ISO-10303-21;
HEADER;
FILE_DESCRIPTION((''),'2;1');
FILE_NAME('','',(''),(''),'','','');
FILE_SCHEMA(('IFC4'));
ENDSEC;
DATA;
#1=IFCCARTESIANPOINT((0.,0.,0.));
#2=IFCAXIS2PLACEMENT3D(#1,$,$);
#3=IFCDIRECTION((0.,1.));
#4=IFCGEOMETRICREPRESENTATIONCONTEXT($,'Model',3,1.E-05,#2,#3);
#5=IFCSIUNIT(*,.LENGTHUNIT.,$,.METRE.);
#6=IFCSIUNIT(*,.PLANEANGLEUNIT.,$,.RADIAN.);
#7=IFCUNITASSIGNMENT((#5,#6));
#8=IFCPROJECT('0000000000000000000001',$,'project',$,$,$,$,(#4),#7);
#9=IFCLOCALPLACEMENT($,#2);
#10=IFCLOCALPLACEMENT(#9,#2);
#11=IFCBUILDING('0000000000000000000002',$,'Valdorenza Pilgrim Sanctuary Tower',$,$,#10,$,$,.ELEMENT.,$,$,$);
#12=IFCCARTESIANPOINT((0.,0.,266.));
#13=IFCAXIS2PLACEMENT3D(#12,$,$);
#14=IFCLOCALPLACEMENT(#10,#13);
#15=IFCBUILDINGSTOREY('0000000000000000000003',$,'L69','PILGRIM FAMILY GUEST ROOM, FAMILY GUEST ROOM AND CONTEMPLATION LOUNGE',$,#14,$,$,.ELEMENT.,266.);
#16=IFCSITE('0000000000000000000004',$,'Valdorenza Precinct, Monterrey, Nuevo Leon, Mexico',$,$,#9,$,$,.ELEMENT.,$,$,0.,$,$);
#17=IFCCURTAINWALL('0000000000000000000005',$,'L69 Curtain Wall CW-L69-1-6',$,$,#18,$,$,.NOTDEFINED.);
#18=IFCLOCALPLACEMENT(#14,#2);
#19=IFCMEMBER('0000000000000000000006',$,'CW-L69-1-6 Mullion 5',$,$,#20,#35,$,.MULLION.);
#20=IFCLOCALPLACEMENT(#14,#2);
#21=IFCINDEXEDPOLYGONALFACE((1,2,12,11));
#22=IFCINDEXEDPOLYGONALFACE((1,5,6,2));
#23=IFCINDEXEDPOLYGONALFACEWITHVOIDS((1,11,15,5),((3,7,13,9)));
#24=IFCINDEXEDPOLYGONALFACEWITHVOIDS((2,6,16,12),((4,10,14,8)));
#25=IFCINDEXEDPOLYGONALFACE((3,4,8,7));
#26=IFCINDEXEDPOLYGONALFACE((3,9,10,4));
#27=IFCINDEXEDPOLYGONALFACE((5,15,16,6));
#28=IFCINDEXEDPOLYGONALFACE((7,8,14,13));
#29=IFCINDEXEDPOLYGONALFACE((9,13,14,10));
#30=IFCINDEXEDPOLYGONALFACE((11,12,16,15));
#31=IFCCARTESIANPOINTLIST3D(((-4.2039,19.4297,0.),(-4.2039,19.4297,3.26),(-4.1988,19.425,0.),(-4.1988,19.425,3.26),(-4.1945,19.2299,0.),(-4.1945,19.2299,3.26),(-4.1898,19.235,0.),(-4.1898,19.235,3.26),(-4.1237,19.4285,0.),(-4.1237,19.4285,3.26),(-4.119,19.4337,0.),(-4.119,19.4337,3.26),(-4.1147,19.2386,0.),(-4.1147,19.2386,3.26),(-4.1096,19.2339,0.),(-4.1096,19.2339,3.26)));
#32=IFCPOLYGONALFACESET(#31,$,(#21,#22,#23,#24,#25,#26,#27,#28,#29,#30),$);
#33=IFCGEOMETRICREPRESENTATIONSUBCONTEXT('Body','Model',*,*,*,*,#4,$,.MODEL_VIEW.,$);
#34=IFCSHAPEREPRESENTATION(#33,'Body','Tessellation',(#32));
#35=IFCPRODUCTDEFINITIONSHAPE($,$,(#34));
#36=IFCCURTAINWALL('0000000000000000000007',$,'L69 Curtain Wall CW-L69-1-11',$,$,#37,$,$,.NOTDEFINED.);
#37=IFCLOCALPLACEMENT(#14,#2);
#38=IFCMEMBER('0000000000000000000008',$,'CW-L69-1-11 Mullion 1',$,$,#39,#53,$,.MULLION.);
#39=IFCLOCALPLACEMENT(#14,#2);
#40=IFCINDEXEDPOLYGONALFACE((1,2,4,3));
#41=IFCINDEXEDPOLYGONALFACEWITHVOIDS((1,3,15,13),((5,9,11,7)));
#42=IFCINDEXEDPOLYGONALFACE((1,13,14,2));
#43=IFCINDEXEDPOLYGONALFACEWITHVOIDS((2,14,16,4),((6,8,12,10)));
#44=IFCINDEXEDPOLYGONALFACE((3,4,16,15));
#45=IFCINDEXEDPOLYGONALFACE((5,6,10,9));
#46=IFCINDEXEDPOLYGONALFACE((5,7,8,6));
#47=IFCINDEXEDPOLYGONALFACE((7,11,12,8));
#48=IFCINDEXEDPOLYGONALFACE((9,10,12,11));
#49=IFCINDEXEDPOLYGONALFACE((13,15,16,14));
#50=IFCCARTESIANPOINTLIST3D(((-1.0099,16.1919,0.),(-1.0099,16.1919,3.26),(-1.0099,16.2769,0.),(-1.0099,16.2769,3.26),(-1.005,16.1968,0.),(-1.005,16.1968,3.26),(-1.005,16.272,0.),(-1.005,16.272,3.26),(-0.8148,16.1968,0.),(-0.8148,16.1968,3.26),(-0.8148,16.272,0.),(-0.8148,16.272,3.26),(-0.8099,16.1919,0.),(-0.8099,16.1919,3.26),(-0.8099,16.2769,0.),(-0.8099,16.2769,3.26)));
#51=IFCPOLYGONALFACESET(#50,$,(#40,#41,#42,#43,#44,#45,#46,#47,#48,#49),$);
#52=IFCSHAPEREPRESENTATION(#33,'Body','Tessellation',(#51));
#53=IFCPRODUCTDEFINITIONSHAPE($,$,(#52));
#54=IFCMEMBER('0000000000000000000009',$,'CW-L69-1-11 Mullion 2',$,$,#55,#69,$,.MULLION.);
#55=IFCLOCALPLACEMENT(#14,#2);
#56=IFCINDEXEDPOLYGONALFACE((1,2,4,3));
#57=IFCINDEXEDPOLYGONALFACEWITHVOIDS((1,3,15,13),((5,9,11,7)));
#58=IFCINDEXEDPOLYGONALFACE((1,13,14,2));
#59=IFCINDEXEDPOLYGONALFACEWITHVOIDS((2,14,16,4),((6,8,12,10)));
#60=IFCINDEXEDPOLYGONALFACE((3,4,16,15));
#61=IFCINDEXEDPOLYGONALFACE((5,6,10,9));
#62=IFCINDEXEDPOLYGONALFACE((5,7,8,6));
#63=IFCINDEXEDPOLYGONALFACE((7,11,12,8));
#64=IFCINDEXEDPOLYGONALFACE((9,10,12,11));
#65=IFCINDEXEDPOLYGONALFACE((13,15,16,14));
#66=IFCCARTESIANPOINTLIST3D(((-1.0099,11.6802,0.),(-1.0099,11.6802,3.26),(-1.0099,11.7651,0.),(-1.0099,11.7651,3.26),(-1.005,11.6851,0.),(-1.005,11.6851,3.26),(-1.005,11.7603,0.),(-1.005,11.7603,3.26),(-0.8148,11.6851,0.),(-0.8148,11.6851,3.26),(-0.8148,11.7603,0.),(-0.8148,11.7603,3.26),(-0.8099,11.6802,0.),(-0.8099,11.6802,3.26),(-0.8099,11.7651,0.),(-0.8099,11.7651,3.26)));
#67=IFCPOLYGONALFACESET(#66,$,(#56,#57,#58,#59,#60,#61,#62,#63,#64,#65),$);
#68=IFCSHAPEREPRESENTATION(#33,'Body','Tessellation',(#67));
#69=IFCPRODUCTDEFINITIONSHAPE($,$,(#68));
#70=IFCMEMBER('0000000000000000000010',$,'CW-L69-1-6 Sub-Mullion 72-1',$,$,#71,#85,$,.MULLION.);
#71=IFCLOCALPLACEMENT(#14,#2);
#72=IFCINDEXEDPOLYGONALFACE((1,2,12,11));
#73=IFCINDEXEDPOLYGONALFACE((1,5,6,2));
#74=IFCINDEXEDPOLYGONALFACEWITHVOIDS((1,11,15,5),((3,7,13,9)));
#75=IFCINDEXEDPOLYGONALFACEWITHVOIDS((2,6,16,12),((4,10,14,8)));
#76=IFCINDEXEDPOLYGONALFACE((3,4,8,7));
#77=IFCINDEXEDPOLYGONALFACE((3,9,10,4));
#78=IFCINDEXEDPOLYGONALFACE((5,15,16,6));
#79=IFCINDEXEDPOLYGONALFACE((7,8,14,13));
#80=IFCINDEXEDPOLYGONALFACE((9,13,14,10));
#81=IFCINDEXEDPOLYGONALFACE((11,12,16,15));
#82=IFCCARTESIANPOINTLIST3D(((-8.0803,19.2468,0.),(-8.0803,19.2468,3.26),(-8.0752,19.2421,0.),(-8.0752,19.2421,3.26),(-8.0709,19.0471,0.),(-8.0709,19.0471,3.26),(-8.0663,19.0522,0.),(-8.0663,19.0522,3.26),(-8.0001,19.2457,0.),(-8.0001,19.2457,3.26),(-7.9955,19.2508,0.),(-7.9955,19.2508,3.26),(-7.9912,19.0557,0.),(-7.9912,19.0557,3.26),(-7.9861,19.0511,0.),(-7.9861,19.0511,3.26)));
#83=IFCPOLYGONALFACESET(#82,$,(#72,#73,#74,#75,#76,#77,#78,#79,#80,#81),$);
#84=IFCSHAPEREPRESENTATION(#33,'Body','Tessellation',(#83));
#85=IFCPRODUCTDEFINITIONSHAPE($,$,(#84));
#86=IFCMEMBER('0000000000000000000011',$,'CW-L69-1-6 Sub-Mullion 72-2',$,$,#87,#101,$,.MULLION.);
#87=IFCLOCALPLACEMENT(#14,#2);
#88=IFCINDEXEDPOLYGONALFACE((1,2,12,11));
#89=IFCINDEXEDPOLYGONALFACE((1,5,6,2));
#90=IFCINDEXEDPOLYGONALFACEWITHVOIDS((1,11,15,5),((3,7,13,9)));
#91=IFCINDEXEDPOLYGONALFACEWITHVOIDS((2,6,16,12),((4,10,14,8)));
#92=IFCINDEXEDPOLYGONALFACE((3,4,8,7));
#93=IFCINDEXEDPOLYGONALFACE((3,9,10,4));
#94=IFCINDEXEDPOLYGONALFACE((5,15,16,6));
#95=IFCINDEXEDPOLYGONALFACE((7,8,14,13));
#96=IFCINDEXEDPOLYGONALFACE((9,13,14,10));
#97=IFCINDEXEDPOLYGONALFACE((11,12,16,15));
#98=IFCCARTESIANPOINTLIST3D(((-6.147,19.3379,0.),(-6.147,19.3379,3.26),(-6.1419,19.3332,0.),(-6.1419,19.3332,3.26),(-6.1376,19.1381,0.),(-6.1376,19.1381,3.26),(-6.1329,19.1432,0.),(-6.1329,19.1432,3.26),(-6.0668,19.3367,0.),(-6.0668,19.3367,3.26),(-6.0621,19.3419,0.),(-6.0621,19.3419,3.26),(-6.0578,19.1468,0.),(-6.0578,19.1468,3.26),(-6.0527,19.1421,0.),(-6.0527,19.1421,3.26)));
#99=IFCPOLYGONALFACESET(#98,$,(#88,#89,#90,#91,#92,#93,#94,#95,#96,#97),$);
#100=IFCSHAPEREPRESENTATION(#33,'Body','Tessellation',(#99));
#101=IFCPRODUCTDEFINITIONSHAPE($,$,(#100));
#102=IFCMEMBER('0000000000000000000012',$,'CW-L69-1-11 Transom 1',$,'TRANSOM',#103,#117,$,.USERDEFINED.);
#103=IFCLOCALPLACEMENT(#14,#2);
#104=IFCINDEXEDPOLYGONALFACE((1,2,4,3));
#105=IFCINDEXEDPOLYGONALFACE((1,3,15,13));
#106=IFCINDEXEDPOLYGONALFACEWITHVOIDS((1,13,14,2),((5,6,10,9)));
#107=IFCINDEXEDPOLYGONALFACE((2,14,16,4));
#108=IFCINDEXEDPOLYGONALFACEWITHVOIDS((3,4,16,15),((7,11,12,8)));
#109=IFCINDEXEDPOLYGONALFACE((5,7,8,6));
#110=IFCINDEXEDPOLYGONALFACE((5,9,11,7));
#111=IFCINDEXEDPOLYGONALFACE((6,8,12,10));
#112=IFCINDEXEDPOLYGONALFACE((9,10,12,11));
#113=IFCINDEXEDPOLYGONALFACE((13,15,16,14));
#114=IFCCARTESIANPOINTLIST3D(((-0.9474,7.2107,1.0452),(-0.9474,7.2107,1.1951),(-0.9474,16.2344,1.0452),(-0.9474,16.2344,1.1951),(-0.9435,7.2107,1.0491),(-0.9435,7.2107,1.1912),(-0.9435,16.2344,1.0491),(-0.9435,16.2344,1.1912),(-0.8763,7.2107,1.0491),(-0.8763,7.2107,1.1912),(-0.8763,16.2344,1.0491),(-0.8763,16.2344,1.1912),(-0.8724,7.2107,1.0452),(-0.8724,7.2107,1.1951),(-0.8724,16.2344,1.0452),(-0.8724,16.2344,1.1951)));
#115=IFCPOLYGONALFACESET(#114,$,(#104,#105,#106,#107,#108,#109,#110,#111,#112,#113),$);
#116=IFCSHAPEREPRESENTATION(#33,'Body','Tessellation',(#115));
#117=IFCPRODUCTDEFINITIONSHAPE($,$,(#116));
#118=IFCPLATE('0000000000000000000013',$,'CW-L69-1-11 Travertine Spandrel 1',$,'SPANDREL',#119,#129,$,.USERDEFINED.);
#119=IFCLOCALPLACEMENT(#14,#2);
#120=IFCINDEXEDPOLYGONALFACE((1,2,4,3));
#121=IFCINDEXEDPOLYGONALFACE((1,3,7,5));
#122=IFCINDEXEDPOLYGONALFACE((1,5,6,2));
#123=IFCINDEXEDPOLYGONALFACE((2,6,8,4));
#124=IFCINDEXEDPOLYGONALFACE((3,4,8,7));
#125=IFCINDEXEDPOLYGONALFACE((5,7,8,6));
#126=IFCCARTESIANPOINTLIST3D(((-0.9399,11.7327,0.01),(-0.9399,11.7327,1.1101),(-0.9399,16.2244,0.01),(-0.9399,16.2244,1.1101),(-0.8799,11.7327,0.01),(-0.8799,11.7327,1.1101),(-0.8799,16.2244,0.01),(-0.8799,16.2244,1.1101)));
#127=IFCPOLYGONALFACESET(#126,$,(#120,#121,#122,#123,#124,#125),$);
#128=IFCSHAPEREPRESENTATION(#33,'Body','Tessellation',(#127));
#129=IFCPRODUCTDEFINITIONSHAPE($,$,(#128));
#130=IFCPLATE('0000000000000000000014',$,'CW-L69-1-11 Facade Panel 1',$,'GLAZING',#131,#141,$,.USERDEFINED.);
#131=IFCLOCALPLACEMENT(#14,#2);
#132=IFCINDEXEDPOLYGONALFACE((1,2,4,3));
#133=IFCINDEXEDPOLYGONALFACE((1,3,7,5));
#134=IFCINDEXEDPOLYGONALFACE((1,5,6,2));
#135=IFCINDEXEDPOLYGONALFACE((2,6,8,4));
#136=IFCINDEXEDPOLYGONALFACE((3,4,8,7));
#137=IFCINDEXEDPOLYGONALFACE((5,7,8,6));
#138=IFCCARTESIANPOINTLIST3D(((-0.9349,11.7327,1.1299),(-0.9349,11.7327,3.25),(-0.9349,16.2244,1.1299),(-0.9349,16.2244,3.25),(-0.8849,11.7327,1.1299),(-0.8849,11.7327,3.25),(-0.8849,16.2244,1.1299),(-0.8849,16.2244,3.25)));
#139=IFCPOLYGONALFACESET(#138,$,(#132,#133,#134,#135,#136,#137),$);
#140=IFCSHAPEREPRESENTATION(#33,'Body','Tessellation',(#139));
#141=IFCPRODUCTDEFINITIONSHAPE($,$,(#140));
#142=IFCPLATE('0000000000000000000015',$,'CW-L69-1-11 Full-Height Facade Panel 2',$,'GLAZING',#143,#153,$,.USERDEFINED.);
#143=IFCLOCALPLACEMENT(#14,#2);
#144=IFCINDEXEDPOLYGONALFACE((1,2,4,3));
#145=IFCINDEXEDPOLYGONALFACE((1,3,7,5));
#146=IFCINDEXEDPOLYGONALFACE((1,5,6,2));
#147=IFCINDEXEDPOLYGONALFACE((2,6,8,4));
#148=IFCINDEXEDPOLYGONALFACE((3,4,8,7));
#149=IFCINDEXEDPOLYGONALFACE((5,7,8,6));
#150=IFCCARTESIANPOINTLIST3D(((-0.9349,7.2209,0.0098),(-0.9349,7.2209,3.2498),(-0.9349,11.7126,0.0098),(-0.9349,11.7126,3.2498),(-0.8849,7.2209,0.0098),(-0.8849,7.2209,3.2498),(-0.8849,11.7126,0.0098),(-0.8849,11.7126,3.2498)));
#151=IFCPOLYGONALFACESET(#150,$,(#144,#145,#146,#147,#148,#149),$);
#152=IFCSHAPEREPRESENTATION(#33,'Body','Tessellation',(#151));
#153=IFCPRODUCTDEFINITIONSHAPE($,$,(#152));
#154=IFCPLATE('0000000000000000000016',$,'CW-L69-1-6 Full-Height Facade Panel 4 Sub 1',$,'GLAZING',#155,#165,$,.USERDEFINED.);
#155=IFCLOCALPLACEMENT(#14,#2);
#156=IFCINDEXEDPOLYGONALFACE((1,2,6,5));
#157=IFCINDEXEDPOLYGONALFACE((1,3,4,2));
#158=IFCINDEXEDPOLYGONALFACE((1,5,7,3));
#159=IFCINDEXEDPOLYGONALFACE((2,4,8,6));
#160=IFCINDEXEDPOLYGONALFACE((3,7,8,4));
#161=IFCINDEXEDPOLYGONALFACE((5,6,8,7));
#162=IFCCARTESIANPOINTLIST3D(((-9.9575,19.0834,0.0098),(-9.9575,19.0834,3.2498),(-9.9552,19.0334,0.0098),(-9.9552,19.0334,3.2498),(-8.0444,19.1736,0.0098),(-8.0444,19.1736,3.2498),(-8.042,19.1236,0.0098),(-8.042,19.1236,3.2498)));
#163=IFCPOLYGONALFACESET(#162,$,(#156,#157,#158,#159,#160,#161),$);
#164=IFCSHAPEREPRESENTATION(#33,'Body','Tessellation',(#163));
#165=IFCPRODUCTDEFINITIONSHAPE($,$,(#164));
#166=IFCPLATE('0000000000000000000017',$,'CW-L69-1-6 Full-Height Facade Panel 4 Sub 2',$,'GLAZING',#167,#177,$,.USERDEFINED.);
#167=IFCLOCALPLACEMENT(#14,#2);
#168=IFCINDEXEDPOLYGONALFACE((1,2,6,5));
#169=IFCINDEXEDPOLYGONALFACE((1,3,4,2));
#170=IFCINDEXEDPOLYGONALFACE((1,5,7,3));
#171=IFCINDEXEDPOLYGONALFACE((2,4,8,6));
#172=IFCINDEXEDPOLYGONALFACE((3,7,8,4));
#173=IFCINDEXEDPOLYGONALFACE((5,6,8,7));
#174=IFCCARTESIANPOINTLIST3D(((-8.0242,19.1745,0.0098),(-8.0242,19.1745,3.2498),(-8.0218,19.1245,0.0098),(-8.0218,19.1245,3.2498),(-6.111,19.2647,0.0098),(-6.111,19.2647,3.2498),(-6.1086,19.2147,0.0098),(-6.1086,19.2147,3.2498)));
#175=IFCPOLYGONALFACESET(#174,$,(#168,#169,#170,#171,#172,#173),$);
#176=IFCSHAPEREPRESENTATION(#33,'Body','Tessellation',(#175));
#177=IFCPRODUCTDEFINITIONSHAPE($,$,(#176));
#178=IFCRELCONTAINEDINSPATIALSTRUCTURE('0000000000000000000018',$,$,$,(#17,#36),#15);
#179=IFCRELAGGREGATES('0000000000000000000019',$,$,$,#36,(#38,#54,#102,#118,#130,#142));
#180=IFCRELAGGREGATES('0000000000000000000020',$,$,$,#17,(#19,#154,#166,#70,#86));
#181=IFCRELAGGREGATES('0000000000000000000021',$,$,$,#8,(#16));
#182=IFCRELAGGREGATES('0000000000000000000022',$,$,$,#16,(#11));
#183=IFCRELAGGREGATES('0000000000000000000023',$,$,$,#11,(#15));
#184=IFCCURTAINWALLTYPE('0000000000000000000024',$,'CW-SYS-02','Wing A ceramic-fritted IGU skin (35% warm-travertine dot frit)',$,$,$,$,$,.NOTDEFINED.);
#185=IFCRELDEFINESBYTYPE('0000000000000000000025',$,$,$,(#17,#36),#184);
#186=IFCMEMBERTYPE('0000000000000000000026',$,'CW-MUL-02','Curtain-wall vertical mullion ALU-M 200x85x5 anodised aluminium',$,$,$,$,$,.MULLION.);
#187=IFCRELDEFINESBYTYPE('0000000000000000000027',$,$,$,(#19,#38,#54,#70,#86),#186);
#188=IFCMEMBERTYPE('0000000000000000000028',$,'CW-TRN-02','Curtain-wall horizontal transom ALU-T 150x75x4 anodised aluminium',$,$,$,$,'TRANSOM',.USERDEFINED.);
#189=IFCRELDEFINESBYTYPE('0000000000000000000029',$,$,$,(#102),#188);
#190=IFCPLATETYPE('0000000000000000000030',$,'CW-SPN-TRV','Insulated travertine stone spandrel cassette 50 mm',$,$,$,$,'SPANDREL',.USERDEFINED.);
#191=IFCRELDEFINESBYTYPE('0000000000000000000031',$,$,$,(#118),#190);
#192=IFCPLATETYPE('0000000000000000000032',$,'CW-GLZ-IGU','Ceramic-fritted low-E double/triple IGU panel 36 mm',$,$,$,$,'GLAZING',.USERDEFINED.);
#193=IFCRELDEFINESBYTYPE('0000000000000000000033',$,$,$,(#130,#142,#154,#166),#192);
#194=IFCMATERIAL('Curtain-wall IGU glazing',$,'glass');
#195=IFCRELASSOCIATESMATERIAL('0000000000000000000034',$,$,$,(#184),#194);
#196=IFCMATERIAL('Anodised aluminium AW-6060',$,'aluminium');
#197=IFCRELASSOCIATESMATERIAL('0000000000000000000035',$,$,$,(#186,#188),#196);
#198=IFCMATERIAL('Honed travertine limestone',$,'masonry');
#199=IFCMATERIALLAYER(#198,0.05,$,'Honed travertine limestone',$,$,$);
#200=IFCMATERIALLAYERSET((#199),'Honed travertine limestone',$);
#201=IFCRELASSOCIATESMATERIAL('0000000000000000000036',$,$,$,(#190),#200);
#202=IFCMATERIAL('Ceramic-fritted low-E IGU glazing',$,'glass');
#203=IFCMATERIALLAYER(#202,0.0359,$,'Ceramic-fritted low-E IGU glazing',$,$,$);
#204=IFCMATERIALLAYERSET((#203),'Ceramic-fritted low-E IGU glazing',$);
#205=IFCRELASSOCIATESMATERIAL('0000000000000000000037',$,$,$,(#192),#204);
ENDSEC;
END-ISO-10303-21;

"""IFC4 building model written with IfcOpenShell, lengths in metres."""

from ifc_helpers import new_model, si_unit, direction, frame, origin, origin_2d, place, context, subcontext, project, spatial, rectangle, hollow_rectangle, extrude, source, transform, mapped, material, layer, layer_set, material_profile, profile_set, type_object, element, aggregate, save


model = new_model("IFC4")

# Units and contexts
model_context = context("Model", 3, precision=1e-05, world=origin(), true_north=direction((0.0, 1.0)))
body_context = subcontext(model_context, "Body", "Model", "MODEL_VIEW")
ifc_project = project(units=[si_unit("LENGTHUNIT", "METRE"), si_unit("PLANEANGLEUNIT", "RADIAN")], contexts=[model_context])

# Site, building, storey
site_placement = place(None, origin())
site = spatial("IfcSite", under=ifc_project, at=site_placement, Name="Valdorenza Precinct, Monterrey, Nuevo Leon, Mexico", CompositionType="ELEMENT", RefElevation=0.0)
building_placement = place(site_placement, origin())
building = spatial("IfcBuilding", under=site, at=building_placement, Name="Valdorenza Pilgrim Sanctuary Tower", CompositionType="ELEMENT")
storey_placement = place(building_placement, frame((0.0, 0.0, 266.0)))
storey = spatial("IfcBuildingStorey", under=building, at=storey_placement, Name="L69", Description="PILGRIM FAMILY GUEST ROOM, FAMILY GUEST ROOM AND CONTEMPLATION LOUNGE", CompositionType="ELEMENT", Elevation=266.0)

# Curtain wall, member
ifc_material_1 = material(Name="Curtain-wall IGU glazing", Category="glass")
curtain_wall_type = type_object("IfcCurtainWallType", Name="CW-SYS-02", Description="Wing A ceramic-fritted IGU skin (35% warm-travertine dot frit)", PredefinedType="NOTDEFINED", material=ifc_material_1)
curtain_wall_1_placement = place(storey_placement, origin())
curtain_wall_1 = element("IfcCurtainWall", 1, at=curtain_wall_1_placement, inside=storey, type_object=curtain_wall_type, Name="L69 Curtain Wall CW-L69-1-6", PredefinedType="NOTDEFINED")
ifc_material_2 = material(Name="Anodised aluminium AW-6060", Category="aluminium")
ifc_material_profile_1 = material_profile(ifc_material_2, hollow_rectangle(XDim=0.085, YDim=0.2, WallThickness=0.0049, at=origin_2d()), Name="ALU-M 200x85x5")
ifc_profile_set_1 = profile_set([ifc_material_profile_1], Name="Anodised aluminium AW-6060")
member_type_1 = type_object("IfcMemberType", Name="CW-MUL-02", Description="Curtain-wall vertical mullion ALU-M 200x85x5 anodised aluminium", PredefinedType="MULLION", material=ifc_profile_set_1)
shared_shape_1 = source(origin(), body_context, "Body", "SweptSolid", [
    extrude(hollow_rectangle(XDim=0.085, YDim=0.2, WallThickness=0.0049, at=origin_2d()), origin(), (0.0, 0.0, 1.0), 3.26),
])
member_1_placement = place(storey_placement, frame((-4.1567, 19.3318, 0.0), z_axis=(0.0, 0.0, 1.0), x_axis=(0.998891, 0.047089, 0.0)))
member_1 = element("IfcMember", 2, at=member_1_placement, type_object=member_type_1, Name="CW-L69-1-6 Mullion 5", PredefinedType="MULLION", context=body_context, shape_type="MappedRepresentation", body=[
    mapped(shared_shape_1, transform((0.0, 0.0, 0.0), x_axis=(1.0, 0.0, 0.0), y_axis=(0.0, 1.0, 0.0), z_axis=(0.0, 0.0, 1.0), scale=1.0)),
])

# Curtain wall, members
curtain_wall_2_placement = place(storey_placement, origin())
curtain_wall_2 = element("IfcCurtainWall", 3, at=curtain_wall_2_placement, inside=storey, type_object=curtain_wall_type, Name="L69 Curtain Wall CW-L69-1-11", PredefinedType="NOTDEFINED")
member_2_placement = place(storey_placement, frame((-0.9099, 16.2344, 0.0), z_axis=(0.0, 0.0, 1.0), x_axis=(0.0, -1.0, 0.0)))
member_2 = element("IfcMember", 4, at=member_2_placement, type_object=member_type_1, Name="CW-L69-1-11 Mullion 1", PredefinedType="MULLION", context=body_context, shape_type="MappedRepresentation", body=[
    mapped(shared_shape_1, transform((0.0, 0.0, 0.0), x_axis=(1.0, 0.0, 0.0), y_axis=(0.0, 1.0, 0.0), z_axis=(0.0, 0.0, 1.0), scale=1.0)),
])
member_3_placement = place(storey_placement, frame((-0.9099, 11.7227, 0.0), z_axis=(0.0, 0.0, 1.0), x_axis=(0.0, -1.0, 0.0)))
member_3 = element("IfcMember", 5, at=member_3_placement, type_object=member_type_1, Name="CW-L69-1-11 Mullion 2", PredefinedType="MULLION", context=body_context, shape_type="MappedRepresentation", body=[
    mapped(shared_shape_1, transform((0.0, 0.0, 0.0), x_axis=(1.0, 0.0, 0.0), y_axis=(0.0, 1.0, 0.0), z_axis=(0.0, 0.0, 1.0), scale=1.0)),
])

# Members
member_4_placement = place(storey_placement, frame((-8.0332, 19.1489, 0.0), z_axis=(0.0, 0.0, 1.0), x_axis=(0.998891, 0.047089, 0.0)))
member_4 = element("IfcMember", 6, at=member_4_placement, type_object=member_type_1, Name="CW-L69-1-6 Sub-Mullion 72-1", PredefinedType="MULLION", context=body_context, shape_type="MappedRepresentation", body=[
    mapped(shared_shape_1, transform((0.0, 0.0, 0.0), x_axis=(1.0, 0.0, 0.0), y_axis=(0.0, 1.0, 0.0), z_axis=(0.0, 0.0, 1.0), scale=1.0)),
])
member_5_placement = place(storey_placement, frame((-6.0999, 19.24, 0.0), z_axis=(0.0, 0.0, 1.0), x_axis=(0.998891, 0.047089, 0.0)))
member_5 = element("IfcMember", 7, at=member_5_placement, type_object=member_type_1, Name="CW-L69-1-6 Sub-Mullion 72-2", PredefinedType="MULLION", context=body_context, shape_type="MappedRepresentation", body=[
    mapped(shared_shape_1, transform((0.0, 0.0, 0.0), x_axis=(1.0, 0.0, 0.0), y_axis=(0.0, 1.0, 0.0), z_axis=(0.0, 0.0, 1.0), scale=1.0)),
])
ifc_material_profile_2 = material_profile(ifc_material_2, hollow_rectangle(XDim=0.075, YDim=0.1499, WallThickness=0.0039, at=origin_2d()), Name="ALU-T 150x75x4")
ifc_profile_set_2 = profile_set([ifc_material_profile_2], Name="Anodised aluminium AW-6060")
member_type_2 = type_object("IfcMemberType", Name="CW-TRN-02", Description="Curtain-wall horizontal transom ALU-T 150x75x4 anodised aluminium", ElementType="TRANSOM", PredefinedType="USERDEFINED", material=ifc_profile_set_2)
shared_shape_2 = source(origin(), body_context, "Body", "SweptSolid", [
    extrude(hollow_rectangle(XDim=0.075, YDim=0.1499, WallThickness=0.0039, at=origin_2d()), origin(), (0.0, 0.0, 1.0), 9.0237),
])
member_6_placement = place(storey_placement, frame((-0.9099, 16.2344, 1.1201), z_axis=(0.0, -1.0, 0.0), x_axis=(1.0, 0.0, 0.0)))
member_6 = element("IfcMember", 8, at=member_6_placement, type_object=member_type_2, Name="CW-L69-1-11 Transom 1", ObjectType="TRANSOM", PredefinedType="USERDEFINED", context=body_context, shape_type="MappedRepresentation", body=[
    mapped(shared_shape_2, transform((0.0, 0.0, 0.0), x_axis=(1.0, 0.0, 0.0), y_axis=(0.0, 1.0, 0.0), z_axis=(0.0, 0.0, 1.0), scale=1.0)),
])

# Plates
ifc_material_3 = material(Name="Honed travertine limestone", Category="masonry")
ifc_layer_1 = layer(ifc_material_3, 0.05, Name="Honed travertine limestone")
ifc_layer_set_1 = layer_set([ifc_layer_1], Name="Honed travertine limestone")
plate_type_1 = type_object("IfcPlateType", Name="CW-SPN-TRV", Description="Insulated travertine stone spandrel cassette 50 mm", ElementType="SPANDREL", PredefinedType="USERDEFINED", material=ifc_layer_set_1)
shared_shape_3 = source(origin(), body_context, "Body", "SweptSolid", [
    extrude(rectangle(XDim=4.4917, YDim=0.0601, at=origin_2d()), origin(), (0.0, 0.0, 1.0), 1.1001),
])
plate_1_placement = place(storey_placement, frame((-0.9099, 13.9785, 0.01), z_axis=(0.0, 0.0, 1.0), x_axis=(0.0, -1.0, 0.0)))
plate_1 = element("IfcPlate", 9, at=plate_1_placement, type_object=plate_type_1, Name="CW-L69-1-11 Travertine Spandrel 1", ObjectType="SPANDREL", PredefinedType="USERDEFINED", context=body_context, shape_type="MappedRepresentation", body=[
    mapped(shared_shape_3, transform((0.0, 0.0, 0.0), x_axis=(1.0, 0.0, 0.0), y_axis=(0.0, 1.0, 0.0), z_axis=(0.0, 0.0, 1.0), scale=1.0)),
])
ifc_material_4 = material(Name="Ceramic-fritted low-E IGU glazing", Category="glass")
ifc_layer_2 = layer(ifc_material_4, 0.0359, Name="Ceramic-fritted low-E IGU glazing")
ifc_layer_set_2 = layer_set([ifc_layer_2], Name="Ceramic-fritted low-E IGU glazing")
plate_type_2 = type_object("IfcPlateType", Name="CW-GLZ-IGU", Description="Ceramic-fritted low-E double/triple IGU panel 36 mm", ElementType="GLAZING", PredefinedType="USERDEFINED", material=ifc_layer_set_2)
shared_shape_4 = source(origin(), body_context, "Body", "SweptSolid", [
    extrude(rectangle(XDim=4.4917, YDim=0.05, at=origin_2d()), origin(), (0.0, 0.0, 1.0), 2.1201),
])
plate_2_placement = place(storey_placement, frame((-0.9099, 13.9785, 1.1299), z_axis=(0.0, 0.0, 1.0), x_axis=(0.0, -1.0, 0.0)))
plate_2 = element("IfcPlate", 10, at=plate_2_placement, type_object=plate_type_2, Name="CW-L69-1-11 Facade Panel 1", ObjectType="GLAZING", PredefinedType="USERDEFINED", context=body_context, shape_type="MappedRepresentation", body=[
    mapped(shared_shape_4, transform((0.0, 0.0, 0.0), x_axis=(1.0, 0.0, 0.0), y_axis=(0.0, 1.0, 0.0), z_axis=(0.0, 0.0, 1.0), scale=1.0)),
])
shared_shape_5 = source(origin(), body_context, "Body", "SweptSolid", [
    extrude(rectangle(XDim=4.4917, YDim=0.05, at=origin_2d()), origin(), (0.0, 0.0, 1.0), 3.24),
])
plate_3_placement = place(storey_placement, frame((-0.9099, 9.4668, 0.0098), z_axis=(0.0, 0.0, 1.0), x_axis=(0.0, -1.0, 0.0)))
plate_3 = element("IfcPlate", 11, at=plate_3_placement, type_object=plate_type_2, Name="CW-L69-1-11 Full-Height Facade Panel 2", ObjectType="GLAZING", PredefinedType="USERDEFINED", context=body_context, shape_type="MappedRepresentation", body=[
    mapped(shared_shape_5, transform((0.0, 0.0, 0.0), x_axis=(1.0, 0.0, 0.0), y_axis=(0.0, 1.0, 0.0), z_axis=(0.0, 0.0, 1.0), scale=1.0)),
])
aggregate(curtain_wall_2, [member_2, member_3, member_6, plate_1, plate_2, plate_3])
shared_shape_6 = source(origin(), body_context, "Body", "SweptSolid", [
    extrude(rectangle(XDim=1.9153, YDim=0.05, at=origin_2d()), origin(), (0.0, 0.0, 1.0), 3.24),
])
plate_4_placement = place(storey_placement, frame((-8.9998, 19.1035, 0.0098), z_axis=(0.0, 0.0, 1.0), x_axis=(0.998891, 0.047089, 0.0)))
plate_4 = element("IfcPlate", 12, at=plate_4_placement, type_object=plate_type_2, Name="CW-L69-1-6 Full-Height Facade Panel 4 Sub 1", ObjectType="GLAZING", PredefinedType="USERDEFINED", context=body_context, shape_type="MappedRepresentation", body=[
    mapped(shared_shape_6, transform((0.0, 0.0, 0.0), x_axis=(1.0, 0.0, 0.0), y_axis=(0.0, 1.0, 0.0), z_axis=(0.0, 0.0, 1.0), scale=1.0)),
])
plate_5_placement = place(storey_placement, frame((-7.0664, 19.1946, 0.0098), z_axis=(0.0, 0.0, 1.0), x_axis=(0.998891, 0.047089, 0.0)))
plate_5 = element("IfcPlate", 13, at=plate_5_placement, type_object=plate_type_2, Name="CW-L69-1-6 Full-Height Facade Panel 4 Sub 2", ObjectType="GLAZING", PredefinedType="USERDEFINED", context=body_context, shape_type="MappedRepresentation", body=[
    mapped(shared_shape_6, transform((0.0, 0.0, 0.0), x_axis=(1.0, 0.0, 0.0), y_axis=(0.0, 1.0, 0.0), z_axis=(0.0, 0.0, 1.0), scale=1.0)),
])
aggregate(curtain_wall_1, [member_1, plate_4, plate_5, member_4, member_5])

save(model, "model.ifc")
